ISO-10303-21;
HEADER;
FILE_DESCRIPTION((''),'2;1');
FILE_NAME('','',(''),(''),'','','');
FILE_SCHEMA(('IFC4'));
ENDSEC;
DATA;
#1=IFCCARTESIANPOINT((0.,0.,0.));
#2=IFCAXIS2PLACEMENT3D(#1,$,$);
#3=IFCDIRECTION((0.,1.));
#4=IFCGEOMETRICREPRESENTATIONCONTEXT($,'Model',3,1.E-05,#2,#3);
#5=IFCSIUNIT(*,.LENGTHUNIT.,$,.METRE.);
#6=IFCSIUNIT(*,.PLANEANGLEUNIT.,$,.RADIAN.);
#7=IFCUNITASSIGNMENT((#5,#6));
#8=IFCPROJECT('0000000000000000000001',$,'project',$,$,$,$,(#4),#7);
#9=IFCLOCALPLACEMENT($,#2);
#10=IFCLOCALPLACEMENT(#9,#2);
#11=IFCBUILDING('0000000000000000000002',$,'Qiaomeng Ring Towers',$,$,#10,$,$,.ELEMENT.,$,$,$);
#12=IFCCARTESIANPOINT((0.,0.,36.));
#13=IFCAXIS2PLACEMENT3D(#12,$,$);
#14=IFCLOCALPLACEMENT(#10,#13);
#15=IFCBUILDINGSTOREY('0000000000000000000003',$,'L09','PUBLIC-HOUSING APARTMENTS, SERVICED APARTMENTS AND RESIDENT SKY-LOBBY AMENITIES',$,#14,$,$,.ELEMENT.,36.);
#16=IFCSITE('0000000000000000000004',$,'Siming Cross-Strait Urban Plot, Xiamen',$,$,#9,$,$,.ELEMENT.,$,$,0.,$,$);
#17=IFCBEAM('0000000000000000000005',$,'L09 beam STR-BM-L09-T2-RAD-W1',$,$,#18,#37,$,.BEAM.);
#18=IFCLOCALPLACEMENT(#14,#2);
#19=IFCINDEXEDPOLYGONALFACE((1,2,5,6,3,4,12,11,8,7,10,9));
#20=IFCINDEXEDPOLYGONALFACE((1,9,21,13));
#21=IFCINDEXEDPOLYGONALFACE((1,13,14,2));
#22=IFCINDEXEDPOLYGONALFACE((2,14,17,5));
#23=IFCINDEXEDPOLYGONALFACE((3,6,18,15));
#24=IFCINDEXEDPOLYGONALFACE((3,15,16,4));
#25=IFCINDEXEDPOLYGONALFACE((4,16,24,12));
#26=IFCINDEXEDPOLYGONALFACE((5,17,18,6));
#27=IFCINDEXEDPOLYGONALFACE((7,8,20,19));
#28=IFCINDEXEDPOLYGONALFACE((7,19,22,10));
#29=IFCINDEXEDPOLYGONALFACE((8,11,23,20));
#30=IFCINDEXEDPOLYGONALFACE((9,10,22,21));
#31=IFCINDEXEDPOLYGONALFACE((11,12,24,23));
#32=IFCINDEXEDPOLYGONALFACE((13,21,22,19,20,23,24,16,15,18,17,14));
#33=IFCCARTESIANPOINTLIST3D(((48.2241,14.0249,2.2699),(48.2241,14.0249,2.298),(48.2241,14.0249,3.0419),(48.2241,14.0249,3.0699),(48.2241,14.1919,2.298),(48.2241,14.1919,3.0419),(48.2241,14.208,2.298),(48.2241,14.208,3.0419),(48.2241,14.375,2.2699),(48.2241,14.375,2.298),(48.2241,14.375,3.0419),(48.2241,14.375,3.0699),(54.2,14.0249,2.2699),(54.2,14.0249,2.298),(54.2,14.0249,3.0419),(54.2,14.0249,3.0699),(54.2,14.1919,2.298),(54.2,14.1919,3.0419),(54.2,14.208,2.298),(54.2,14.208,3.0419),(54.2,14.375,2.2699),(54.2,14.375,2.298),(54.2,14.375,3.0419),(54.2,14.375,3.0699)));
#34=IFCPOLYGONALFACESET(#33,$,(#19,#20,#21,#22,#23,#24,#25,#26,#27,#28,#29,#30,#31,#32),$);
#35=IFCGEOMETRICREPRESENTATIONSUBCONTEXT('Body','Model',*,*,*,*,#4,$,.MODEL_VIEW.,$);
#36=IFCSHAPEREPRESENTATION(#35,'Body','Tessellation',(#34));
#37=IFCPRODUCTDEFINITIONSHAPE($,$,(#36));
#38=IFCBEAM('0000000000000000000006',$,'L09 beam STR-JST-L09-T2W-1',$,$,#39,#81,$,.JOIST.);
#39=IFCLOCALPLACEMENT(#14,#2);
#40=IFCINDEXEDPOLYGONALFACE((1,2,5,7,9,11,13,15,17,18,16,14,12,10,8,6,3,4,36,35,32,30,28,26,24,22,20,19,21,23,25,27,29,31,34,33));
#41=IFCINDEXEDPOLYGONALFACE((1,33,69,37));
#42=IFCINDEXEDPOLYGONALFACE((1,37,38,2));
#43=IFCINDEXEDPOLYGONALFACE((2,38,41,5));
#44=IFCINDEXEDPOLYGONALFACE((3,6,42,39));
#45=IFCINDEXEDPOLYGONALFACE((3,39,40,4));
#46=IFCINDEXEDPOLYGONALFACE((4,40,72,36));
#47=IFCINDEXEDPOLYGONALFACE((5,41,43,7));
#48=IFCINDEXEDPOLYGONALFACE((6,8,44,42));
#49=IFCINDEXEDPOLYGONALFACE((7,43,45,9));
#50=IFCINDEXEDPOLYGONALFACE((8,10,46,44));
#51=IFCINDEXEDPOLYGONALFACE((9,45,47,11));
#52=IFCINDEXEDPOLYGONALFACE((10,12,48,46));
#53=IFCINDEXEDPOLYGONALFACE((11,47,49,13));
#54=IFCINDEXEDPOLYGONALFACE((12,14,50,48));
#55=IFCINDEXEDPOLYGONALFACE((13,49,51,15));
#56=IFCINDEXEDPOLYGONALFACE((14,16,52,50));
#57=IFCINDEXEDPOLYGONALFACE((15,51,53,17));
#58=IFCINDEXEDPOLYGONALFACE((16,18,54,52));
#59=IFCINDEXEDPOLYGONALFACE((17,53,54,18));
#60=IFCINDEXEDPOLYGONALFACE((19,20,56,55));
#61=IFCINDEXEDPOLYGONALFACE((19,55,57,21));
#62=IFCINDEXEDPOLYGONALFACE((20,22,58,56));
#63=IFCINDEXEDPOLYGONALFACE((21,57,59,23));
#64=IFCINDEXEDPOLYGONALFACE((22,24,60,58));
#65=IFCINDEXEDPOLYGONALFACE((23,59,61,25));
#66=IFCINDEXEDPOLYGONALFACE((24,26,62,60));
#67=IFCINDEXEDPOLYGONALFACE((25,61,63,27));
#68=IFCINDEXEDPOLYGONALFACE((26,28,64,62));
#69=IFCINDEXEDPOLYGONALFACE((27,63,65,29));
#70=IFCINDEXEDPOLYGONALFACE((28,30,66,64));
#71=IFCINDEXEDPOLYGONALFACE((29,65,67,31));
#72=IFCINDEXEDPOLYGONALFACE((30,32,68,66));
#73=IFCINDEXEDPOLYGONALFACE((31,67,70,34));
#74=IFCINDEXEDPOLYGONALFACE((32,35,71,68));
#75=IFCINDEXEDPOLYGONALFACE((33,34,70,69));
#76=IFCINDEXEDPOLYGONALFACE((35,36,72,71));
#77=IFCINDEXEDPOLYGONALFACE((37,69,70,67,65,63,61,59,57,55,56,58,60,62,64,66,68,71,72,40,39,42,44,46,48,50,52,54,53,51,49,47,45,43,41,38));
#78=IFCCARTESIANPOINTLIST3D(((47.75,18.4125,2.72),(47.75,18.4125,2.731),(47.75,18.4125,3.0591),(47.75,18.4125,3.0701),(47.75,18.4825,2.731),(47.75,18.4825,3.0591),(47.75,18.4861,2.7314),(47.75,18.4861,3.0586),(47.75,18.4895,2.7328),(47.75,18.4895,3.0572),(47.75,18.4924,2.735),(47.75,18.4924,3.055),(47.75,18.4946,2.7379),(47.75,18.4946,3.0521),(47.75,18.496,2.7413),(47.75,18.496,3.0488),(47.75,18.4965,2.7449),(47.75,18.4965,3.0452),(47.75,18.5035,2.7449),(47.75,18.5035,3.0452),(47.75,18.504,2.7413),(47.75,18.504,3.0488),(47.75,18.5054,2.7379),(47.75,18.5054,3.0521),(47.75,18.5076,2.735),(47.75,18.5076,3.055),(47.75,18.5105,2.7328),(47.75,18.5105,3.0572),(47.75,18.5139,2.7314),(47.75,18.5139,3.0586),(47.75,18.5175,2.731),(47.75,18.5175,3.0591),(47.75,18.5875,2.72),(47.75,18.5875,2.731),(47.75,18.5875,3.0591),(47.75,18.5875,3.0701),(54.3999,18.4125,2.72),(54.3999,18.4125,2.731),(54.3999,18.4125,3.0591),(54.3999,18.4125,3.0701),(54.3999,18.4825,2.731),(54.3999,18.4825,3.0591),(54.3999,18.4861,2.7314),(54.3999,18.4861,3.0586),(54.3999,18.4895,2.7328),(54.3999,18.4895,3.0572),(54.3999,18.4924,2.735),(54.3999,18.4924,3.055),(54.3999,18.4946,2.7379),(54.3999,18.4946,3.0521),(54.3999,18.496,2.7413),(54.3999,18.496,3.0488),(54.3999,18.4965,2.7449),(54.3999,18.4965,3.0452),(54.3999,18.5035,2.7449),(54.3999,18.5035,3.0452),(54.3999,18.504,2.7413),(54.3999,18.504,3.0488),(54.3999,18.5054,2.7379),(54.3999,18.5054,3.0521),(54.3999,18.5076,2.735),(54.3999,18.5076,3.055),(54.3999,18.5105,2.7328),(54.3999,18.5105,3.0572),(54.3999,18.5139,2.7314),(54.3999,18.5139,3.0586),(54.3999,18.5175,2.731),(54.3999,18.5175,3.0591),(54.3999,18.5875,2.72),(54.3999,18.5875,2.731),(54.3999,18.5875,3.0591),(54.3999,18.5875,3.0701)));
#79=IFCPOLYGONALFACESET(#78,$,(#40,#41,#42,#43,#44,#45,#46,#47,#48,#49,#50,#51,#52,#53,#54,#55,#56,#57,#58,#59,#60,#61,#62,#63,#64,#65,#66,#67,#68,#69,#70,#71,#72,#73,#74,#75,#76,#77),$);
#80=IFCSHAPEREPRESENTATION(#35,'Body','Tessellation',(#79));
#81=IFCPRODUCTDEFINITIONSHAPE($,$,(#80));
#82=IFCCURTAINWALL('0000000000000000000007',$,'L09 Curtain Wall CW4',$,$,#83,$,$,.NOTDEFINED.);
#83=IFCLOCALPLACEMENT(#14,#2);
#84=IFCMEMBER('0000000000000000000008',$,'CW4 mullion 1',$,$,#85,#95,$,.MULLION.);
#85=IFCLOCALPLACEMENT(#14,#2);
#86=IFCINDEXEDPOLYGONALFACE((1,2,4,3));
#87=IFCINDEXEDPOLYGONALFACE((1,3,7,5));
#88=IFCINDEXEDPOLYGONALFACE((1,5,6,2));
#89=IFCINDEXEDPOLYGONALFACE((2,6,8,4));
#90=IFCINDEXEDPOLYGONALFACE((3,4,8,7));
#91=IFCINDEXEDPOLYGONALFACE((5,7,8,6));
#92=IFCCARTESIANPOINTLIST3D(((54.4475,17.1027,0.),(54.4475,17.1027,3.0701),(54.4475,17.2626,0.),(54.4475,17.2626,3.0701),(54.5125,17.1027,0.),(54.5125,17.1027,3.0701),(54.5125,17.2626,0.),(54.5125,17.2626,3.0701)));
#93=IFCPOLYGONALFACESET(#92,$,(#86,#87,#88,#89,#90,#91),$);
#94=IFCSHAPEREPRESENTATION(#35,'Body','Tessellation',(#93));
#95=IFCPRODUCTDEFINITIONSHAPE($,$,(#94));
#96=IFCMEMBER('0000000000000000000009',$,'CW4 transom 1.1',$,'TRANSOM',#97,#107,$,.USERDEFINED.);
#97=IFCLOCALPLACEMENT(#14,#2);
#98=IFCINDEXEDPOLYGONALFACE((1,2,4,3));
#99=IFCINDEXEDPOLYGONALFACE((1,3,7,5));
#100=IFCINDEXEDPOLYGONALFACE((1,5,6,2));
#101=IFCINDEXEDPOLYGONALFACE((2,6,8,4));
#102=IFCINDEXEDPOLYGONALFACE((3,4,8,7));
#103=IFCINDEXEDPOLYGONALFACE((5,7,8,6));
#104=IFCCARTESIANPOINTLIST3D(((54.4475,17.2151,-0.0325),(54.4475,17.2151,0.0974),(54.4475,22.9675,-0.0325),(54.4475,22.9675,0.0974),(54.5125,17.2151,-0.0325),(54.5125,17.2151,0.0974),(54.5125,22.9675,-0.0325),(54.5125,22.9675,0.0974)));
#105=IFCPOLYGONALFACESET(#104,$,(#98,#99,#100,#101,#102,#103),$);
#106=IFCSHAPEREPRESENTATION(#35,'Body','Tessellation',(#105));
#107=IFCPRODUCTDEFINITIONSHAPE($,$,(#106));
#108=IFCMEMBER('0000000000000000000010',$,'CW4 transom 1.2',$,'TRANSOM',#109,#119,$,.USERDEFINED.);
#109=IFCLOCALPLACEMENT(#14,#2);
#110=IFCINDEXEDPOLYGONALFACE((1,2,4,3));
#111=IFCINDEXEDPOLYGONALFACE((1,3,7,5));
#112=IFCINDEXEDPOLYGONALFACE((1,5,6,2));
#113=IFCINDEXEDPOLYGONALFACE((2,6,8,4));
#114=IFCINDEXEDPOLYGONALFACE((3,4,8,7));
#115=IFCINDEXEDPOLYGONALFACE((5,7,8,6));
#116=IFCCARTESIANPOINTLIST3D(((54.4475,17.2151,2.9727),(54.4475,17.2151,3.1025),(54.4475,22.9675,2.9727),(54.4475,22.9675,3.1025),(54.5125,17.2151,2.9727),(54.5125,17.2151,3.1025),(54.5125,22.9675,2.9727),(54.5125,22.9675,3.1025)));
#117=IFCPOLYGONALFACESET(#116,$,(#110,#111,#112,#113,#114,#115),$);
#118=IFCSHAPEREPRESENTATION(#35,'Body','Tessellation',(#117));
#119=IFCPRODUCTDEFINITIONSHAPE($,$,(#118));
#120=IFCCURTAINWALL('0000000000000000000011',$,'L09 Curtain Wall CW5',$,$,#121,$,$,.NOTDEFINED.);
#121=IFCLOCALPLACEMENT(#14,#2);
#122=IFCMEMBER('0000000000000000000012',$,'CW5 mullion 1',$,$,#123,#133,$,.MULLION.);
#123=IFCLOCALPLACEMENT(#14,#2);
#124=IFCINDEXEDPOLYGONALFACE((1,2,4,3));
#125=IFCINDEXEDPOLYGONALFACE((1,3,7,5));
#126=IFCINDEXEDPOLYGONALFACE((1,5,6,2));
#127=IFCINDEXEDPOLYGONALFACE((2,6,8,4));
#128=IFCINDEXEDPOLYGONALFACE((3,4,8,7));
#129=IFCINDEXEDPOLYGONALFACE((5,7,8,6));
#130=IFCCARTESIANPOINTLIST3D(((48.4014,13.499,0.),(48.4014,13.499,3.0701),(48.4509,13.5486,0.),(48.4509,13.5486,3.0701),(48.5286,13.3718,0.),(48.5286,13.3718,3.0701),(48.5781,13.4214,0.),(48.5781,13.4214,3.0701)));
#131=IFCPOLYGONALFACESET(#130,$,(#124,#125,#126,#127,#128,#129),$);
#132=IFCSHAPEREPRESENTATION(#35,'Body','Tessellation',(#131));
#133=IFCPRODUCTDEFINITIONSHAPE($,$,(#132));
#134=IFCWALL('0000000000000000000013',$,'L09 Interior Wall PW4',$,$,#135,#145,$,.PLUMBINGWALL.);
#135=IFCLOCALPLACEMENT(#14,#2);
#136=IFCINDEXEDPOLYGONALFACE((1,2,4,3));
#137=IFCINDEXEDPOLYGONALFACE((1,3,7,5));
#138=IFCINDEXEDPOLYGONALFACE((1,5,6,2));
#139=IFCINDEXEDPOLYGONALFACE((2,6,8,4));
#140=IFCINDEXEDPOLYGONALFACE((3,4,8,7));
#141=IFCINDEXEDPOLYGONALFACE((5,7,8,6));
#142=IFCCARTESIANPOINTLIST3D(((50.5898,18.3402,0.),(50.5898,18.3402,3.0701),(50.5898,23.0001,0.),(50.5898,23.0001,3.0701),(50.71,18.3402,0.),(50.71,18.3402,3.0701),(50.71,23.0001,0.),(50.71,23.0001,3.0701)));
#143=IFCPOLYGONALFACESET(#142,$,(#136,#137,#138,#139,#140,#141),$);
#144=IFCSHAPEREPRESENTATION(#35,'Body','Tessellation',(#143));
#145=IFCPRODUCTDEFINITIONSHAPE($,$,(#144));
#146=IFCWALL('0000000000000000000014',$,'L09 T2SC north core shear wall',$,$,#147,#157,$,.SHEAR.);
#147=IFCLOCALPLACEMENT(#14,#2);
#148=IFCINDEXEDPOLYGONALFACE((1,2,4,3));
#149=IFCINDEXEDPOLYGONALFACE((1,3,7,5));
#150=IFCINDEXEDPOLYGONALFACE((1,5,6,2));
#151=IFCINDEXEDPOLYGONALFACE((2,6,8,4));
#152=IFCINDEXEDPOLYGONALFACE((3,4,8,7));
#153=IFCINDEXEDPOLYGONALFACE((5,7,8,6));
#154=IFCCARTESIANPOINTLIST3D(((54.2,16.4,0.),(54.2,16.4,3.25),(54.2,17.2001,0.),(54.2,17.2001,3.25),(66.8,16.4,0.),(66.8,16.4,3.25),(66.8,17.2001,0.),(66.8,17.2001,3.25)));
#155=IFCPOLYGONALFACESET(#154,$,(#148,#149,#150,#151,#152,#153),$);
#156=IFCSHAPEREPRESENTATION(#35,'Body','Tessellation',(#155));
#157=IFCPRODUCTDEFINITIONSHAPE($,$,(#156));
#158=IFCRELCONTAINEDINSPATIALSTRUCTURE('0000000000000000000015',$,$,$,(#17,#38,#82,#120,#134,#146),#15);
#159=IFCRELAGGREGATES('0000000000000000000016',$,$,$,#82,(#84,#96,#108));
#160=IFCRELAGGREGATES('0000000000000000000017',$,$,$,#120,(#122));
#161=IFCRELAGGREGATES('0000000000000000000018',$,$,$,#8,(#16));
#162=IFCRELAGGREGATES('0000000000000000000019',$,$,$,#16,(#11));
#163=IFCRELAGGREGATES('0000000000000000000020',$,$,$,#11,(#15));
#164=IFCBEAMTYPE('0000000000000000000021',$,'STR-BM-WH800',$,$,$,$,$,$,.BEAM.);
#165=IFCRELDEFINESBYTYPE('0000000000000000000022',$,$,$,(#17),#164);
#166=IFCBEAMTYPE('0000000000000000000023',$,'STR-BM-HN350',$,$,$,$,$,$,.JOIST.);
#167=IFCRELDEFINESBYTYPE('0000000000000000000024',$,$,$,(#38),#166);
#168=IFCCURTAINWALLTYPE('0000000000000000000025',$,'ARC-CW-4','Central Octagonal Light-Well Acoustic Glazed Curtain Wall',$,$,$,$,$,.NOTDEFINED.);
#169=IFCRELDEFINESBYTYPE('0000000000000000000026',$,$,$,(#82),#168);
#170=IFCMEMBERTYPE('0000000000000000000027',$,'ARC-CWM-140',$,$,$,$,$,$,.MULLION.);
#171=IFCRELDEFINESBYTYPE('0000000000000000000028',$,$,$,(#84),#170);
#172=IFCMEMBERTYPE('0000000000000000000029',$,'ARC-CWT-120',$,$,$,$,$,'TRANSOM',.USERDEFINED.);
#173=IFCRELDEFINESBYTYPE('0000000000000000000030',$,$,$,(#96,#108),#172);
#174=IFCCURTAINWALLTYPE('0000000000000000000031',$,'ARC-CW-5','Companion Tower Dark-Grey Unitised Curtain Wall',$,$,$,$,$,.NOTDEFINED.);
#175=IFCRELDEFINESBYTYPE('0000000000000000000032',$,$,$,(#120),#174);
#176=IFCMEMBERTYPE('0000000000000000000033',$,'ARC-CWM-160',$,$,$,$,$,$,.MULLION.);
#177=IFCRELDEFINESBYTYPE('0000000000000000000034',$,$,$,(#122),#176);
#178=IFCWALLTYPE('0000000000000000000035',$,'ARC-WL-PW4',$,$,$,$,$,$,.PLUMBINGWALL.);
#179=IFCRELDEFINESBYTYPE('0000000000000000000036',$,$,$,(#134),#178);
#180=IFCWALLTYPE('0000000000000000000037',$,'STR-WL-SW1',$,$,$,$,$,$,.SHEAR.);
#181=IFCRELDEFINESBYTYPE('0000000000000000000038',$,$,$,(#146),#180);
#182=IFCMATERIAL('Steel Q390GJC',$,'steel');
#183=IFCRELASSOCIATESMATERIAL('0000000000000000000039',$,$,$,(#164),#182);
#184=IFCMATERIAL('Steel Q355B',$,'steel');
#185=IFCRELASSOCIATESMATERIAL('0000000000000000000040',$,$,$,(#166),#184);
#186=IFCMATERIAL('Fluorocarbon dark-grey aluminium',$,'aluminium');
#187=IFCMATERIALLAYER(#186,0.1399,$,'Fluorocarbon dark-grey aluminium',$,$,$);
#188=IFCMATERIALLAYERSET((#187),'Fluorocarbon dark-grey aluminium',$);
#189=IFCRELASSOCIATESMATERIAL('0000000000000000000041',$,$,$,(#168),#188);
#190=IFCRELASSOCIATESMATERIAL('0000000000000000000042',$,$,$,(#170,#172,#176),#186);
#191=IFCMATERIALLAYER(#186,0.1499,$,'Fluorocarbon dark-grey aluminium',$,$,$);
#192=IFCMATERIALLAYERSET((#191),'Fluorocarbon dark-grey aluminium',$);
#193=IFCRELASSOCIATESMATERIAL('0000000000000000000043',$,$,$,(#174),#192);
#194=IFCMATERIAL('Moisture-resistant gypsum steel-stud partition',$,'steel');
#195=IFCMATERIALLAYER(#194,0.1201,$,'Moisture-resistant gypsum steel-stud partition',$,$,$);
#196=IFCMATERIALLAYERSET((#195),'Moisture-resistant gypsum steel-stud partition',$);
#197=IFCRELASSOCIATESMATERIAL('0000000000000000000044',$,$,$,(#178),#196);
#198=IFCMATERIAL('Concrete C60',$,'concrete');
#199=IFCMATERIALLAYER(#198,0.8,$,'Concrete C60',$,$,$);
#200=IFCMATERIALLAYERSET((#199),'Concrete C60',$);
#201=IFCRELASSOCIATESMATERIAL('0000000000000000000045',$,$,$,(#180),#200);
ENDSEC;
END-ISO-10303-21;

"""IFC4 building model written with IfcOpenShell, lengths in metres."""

from ifc_helpers import new_model, si_unit, direction, frame, frame_2d, origin, origin_2d, place, context, subcontext, project, spatial, rectangle, i_section, extrude, source, transform, mapped, material, layer, layer_set, material_profile, profile_set, type_object, element, aggregate, save


model = new_model("IFC4")

# Units and contexts
model_context = context("Model", 3, precision=1e-05, world=origin(), true_north=direction((0.0, 1.0)))
body_context = subcontext(model_context, "Body", "Model", "MODEL_VIEW")
ifc_project = project(units=[si_unit("LENGTHUNIT", "METRE"), si_unit("PLANEANGLEUNIT", "RADIAN")], contexts=[model_context])

# Site, building, storey
site_placement = place(None, origin())
site = spatial("IfcSite", under=ifc_project, at=site_placement, Name="Siming Cross-Strait Urban Plot, Xiamen", CompositionType="ELEMENT", RefElevation=0.0)
building_placement = place(site_placement, origin())
building = spatial("IfcBuilding", under=site, at=building_placement, Name="Qiaomeng Ring Towers", CompositionType="ELEMENT")
storey_placement = place(building_placement, frame((0.0, 0.0, 36.0)))
storey = spatial("IfcBuildingStorey", under=building, at=storey_placement, Name="L09", Description="PUBLIC-HOUSING APARTMENTS, SERVICED APARTMENTS AND RESIDENT SKY-LOBBY AMENITIES", CompositionType="ELEMENT", Elevation=36.0)

# Shared definitions
ifc_material_1 = material(Name="Concrete C60", Category="concrete")

# Beams
ifc_material_2 = material(Name="Steel Q355B", Category="steel")
ifc_material_3 = material(Name="Steel Q390GJC", Category="steel")
ifc_material_profile_1 = material_profile(ifc_material_3, i_section(OverallWidth=0.3501, OverallDepth=0.8, WebThickness=0.0161, FlangeThickness=0.0281, at=origin_2d()), Name="WH 800x350x16x28")
ifc_profile_set_1 = profile_set([ifc_material_profile_1], Name="Steel Q390GJC")
beam_type_1 = type_object("IfcBeamType", Name="STR-BM-WH800", PredefinedType="BEAM", material=ifc_profile_set_1)
shared_shape_1 = source(origin(), body_context, "Body", "SweptSolid", [
    extrude(i_section(OverallWidth=0.3501, OverallDepth=0.8, WebThickness=0.0161, FlangeThickness=0.0281, at=origin_2d()), origin(), (0.0, 0.0, 1.0), 5.9758),
])
beam_1_placement = place(storey_placement, frame((48.2241, 14.2, 2.6699), z_axis=(1.0, 0.0, 0.0), x_axis=(0.0, 1.0, 0.0)))
element("IfcBeam", 1, at=beam_1_placement, inside=storey, type_object=beam_type_1, Name="L09 beam STR-BM-L09-T2-RAD-W1", PredefinedType="BEAM", context=body_context, shape_type="MappedRepresentation", body=[
    mapped(shared_shape_1, transform((0.0, 0.0, 0.0), x_axis=(1.0, 0.0, 0.0), y_axis=(0.0, 1.0, 0.0), z_axis=(0.0, 0.0, 1.0), scale=1.0)),
])
ifc_material_profile_2 = material_profile(ifc_material_2, i_section(OverallWidth=0.175, OverallDepth=0.3501, WebThickness=0.0071, FlangeThickness=0.011, FilletRadius=0.0139, at=origin_2d()), Name="HN 350x175x7x11")
ifc_profile_set_2 = profile_set([ifc_material_profile_2], Name="Steel Q355B")
beam_type_2 = type_object("IfcBeamType", Name="STR-BM-HN350", PredefinedType="JOIST", material=ifc_profile_set_2)
shared_shape_2 = source(origin(), body_context, "Body", "SweptSolid", [
    extrude(i_section(OverallWidth=0.175, OverallDepth=0.3501, WebThickness=0.0071, FlangeThickness=0.011, FilletRadius=0.0139, at=origin_2d()), origin(), (0.0, 0.0, 1.0), 6.6499),
])
beam_2_placement = place(storey_placement, frame((47.75, 18.5, 2.895), z_axis=(1.0, 0.0, 0.0), x_axis=(0.0, 1.0, 0.0)))
element("IfcBeam", 2, at=beam_2_placement, inside=storey, type_object=beam_type_2, Name="L09 beam STR-JST-L09-T2W-1", PredefinedType="JOIST", context=body_context, shape_type="MappedRepresentation", body=[
    mapped(shared_shape_2, transform((0.0, 0.0, 0.0), x_axis=(1.0, 0.0, 0.0), y_axis=(0.0, 1.0, 0.0), z_axis=(0.0, 0.0, 1.0), scale=1.0)),
])

# Curtain wall, members
ifc_material_4 = material(Name="Fluorocarbon dark-grey aluminium", Category="aluminium")
ifc_layer_1 = layer(ifc_material_4, 0.1399, Name="Fluorocarbon dark-grey aluminium")
ifc_layer_set_1 = layer_set([ifc_layer_1], Name="Fluorocarbon dark-grey aluminium")
curtain_wall_type_1 = type_object("IfcCurtainWallType", Name="ARC-CW-4", Description="Central Octagonal Light-Well Acoustic Glazed Curtain Wall", PredefinedType="NOTDEFINED", material=ifc_layer_set_1)
curtain_wall_1_placement = place(storey_placement, origin())
curtain_wall_1 = element("IfcCurtainWall", 3, at=curtain_wall_1_placement, inside=storey, type_object=curtain_wall_type_1, Name="L09 Curtain Wall CW4", PredefinedType="NOTDEFINED")
ifc_material_profile_3 = material_profile(ifc_material_4, rectangle(XDim=0.0649, YDim=0.1599, at=origin_2d()), Name="ALU MULL 65x160")
ifc_profile_set_3 = profile_set([ifc_material_profile_3], Name="Fluorocarbon dark-grey aluminium")
member_type_1 = type_object("IfcMemberType", Name="ARC-CWM-140", PredefinedType="MULLION", material=ifc_profile_set_3)
shared_shape_3 = source(origin(), body_context, "Body", "SweptSolid", [
    extrude(rectangle(XDim=0.0649, YDim=0.1599, at=origin_2d()), origin(), (0.0, 0.0, 1.0), 3.0701),
])
member_1_placement = place(storey_placement, frame((54.48, 17.1826, 0.0), z_axis=(0.0, 0.0, 1.0), x_axis=(-1.0, 0.0, 0.0)))
member_1 = element("IfcMember", 4, at=member_1_placement, type_object=member_type_1, Name="CW4 mullion 1", PredefinedType="MULLION", context=body_context, shape_type="MappedRepresentation", body=[
    mapped(shared_shape_3, transform((0.0, 0.0, 0.0), x_axis=(1.0, 0.0, 0.0), y_axis=(0.0, 1.0, 0.0), z_axis=(0.0, 0.0, 1.0), scale=1.0)),
])
ifc_material_profile_4 = material_profile(ifc_material_4, rectangle(XDim=0.0649, YDim=0.1299, at=origin_2d()), Name="ALU TRAN 65x130")
ifc_profile_set_4 = profile_set([ifc_material_profile_4], Name="Fluorocarbon dark-grey aluminium")
member_type_2 = type_object("IfcMemberType", Name="ARC-CWT-120", ElementType="TRANSOM", PredefinedType="USERDEFINED", material=ifc_profile_set_4)
shared_shape_4 = source(origin(), body_context, "Body", "SweptSolid", [
    extrude(rectangle(XDim=0.0649, YDim=0.1299, at=origin_2d()), origin(), (0.0, 0.0, 1.0), 5.7524),
])
member_2_placement = place(storey_placement, frame((54.48, 17.2151, 0.0325), z_axis=(0.0, 1.0, 0.0), x_axis=(-1.0, 0.0, 0.0)))
member_2 = element("IfcMember", 5, at=member_2_placement, type_object=member_type_2, Name="CW4 transom 1.1", ObjectType="TRANSOM", PredefinedType="USERDEFINED", context=body_context, shape_type="MappedRepresentation", body=[
    mapped(shared_shape_4, transform((0.0, 0.0, 0.0), x_axis=(1.0, 0.0, 0.0), y_axis=(0.0, 1.0, 0.0), z_axis=(0.0, 0.0, 1.0), scale=1.0)),
])
member_3_placement = place(storey_placement, frame((54.48, 17.2151, 3.0376), z_axis=(0.0, 1.0, 0.0), x_axis=(-1.0, 0.0, 0.0)))
member_3 = element("IfcMember", 6, at=member_3_placement, type_object=member_type_2, Name="CW4 transom 1.2", ObjectType="TRANSOM", PredefinedType="USERDEFINED", context=body_context, shape_type="MappedRepresentation", body=[
    mapped(shared_shape_4, transform((0.0, 0.0, 0.0), x_axis=(1.0, 0.0, 0.0), y_axis=(0.0, 1.0, 0.0), z_axis=(0.0, 0.0, 1.0), scale=1.0)),
])
aggregate(curtain_wall_1, [member_1, member_2, member_3])

# Curtain wall, member
ifc_layer_2 = layer(ifc_material_4, 0.1499, Name="Fluorocarbon dark-grey aluminium")
ifc_layer_set_2 = layer_set([ifc_layer_2], Name="Fluorocarbon dark-grey aluminium")
curtain_wall_type_2 = type_object("IfcCurtainWallType", Name="ARC-CW-5", Description="Companion Tower Dark-Grey Unitised Curtain Wall", PredefinedType="NOTDEFINED", material=ifc_layer_set_2)
curtain_wall_2_placement = place(storey_placement, origin())
curtain_wall_2 = element("IfcCurtainWall", 7, at=curtain_wall_2_placement, inside=storey, type_object=curtain_wall_type_2, Name="L09 Curtain Wall CW5", PredefinedType="NOTDEFINED")
ifc_material_profile_5 = material_profile(ifc_material_4, rectangle(XDim=0.0701, YDim=0.1799, at=origin_2d()), Name="ALU MULL 70x180")
ifc_profile_set_5 = profile_set([ifc_material_profile_5], Name="Fluorocarbon dark-grey aluminium")
member_type_3 = type_object("IfcMemberType", Name="ARC-CWM-160", PredefinedType="MULLION", material=ifc_profile_set_5)
shared_shape_5 = source(origin(), body_context, "Body", "SweptSolid", [
    extrude(rectangle(XDim=0.0701, YDim=0.1799, at=origin_2d()), origin(), (0.0, 0.0, 1.0), 3.0701),
])
member_4_placement = place(storey_placement, frame((48.4897, 13.4602, 0.0), z_axis=(0.0, 0.0, 1.0), x_axis=(0.707107, 0.707107, 0.0)))
member_4 = element("IfcMember", 8, at=member_4_placement, type_object=member_type_3, Name="CW5 mullion 1", PredefinedType="MULLION", context=body_context, shape_type="MappedRepresentation", body=[
    mapped(shared_shape_5, transform((0.0, 0.0, 0.0), x_axis=(1.0, 0.0, 0.0), y_axis=(0.0, 1.0, 0.0), z_axis=(0.0, 0.0, 1.0), scale=1.0)),
])
aggregate(curtain_wall_2, [member_4])

# Walls
ifc_material_5 = material(Name="Moisture-resistant gypsum steel-stud partition", Category="steel")
ifc_layer_3 = layer(ifc_material_5, 0.1201, Name="Moisture-resistant gypsum steel-stud partition")
ifc_layer_set_3 = layer_set([ifc_layer_3], Name="Moisture-resistant gypsum steel-stud partition")
wall_type_1 = type_object("IfcWallType", Name="ARC-WL-PW4", PredefinedType="PLUMBINGWALL", material=ifc_layer_set_3)
wall_1_placement = place(storey_placement, frame((50.6499, 18.3401, 0.0), z_axis=(0.0, 0.0, 1.0), x_axis=(0.0, 1.0, 0.0)))
element("IfcWall", 9, at=wall_1_placement, inside=storey, type_object=wall_type_1, Name="L09 Interior Wall PW4", PredefinedType="PLUMBINGWALL", context=body_context, shape_type="SweptSolid", body=[
    extrude(rectangle(XDim=4.6599, YDim=0.1201, at=frame_2d((2.3301, 0.0))), origin(), (0.0, 0.0, 1.0), 3.0701),
])
ifc_layer_4 = layer(ifc_material_1, 0.8, Name="Concrete C60")
ifc_layer_set_4 = layer_set([ifc_layer_4], Name="Concrete C60")
wall_type_2 = type_object("IfcWallType", Name="STR-WL-SW1", PredefinedType="SHEAR", material=ifc_layer_set_4)
wall_2_placement = place(storey_placement, frame((54.2, 16.8, 0.0), z_axis=(0.0, 0.0, 1.0), x_axis=(1.0, 0.0, 0.0)))
element("IfcWall", 10, at=wall_2_placement, inside=storey, type_object=wall_type_2, Name="L09 T2SC north core shear wall", PredefinedType="SHEAR", context=body_context, shape_type="SweptSolid", body=[
    extrude(rectangle(XDim=12.6001, YDim=0.8, at=frame_2d((6.3, 0.0))), origin(), (0.0, 0.0, 1.0), 3.25),
])

save(model, "model.ifc")
